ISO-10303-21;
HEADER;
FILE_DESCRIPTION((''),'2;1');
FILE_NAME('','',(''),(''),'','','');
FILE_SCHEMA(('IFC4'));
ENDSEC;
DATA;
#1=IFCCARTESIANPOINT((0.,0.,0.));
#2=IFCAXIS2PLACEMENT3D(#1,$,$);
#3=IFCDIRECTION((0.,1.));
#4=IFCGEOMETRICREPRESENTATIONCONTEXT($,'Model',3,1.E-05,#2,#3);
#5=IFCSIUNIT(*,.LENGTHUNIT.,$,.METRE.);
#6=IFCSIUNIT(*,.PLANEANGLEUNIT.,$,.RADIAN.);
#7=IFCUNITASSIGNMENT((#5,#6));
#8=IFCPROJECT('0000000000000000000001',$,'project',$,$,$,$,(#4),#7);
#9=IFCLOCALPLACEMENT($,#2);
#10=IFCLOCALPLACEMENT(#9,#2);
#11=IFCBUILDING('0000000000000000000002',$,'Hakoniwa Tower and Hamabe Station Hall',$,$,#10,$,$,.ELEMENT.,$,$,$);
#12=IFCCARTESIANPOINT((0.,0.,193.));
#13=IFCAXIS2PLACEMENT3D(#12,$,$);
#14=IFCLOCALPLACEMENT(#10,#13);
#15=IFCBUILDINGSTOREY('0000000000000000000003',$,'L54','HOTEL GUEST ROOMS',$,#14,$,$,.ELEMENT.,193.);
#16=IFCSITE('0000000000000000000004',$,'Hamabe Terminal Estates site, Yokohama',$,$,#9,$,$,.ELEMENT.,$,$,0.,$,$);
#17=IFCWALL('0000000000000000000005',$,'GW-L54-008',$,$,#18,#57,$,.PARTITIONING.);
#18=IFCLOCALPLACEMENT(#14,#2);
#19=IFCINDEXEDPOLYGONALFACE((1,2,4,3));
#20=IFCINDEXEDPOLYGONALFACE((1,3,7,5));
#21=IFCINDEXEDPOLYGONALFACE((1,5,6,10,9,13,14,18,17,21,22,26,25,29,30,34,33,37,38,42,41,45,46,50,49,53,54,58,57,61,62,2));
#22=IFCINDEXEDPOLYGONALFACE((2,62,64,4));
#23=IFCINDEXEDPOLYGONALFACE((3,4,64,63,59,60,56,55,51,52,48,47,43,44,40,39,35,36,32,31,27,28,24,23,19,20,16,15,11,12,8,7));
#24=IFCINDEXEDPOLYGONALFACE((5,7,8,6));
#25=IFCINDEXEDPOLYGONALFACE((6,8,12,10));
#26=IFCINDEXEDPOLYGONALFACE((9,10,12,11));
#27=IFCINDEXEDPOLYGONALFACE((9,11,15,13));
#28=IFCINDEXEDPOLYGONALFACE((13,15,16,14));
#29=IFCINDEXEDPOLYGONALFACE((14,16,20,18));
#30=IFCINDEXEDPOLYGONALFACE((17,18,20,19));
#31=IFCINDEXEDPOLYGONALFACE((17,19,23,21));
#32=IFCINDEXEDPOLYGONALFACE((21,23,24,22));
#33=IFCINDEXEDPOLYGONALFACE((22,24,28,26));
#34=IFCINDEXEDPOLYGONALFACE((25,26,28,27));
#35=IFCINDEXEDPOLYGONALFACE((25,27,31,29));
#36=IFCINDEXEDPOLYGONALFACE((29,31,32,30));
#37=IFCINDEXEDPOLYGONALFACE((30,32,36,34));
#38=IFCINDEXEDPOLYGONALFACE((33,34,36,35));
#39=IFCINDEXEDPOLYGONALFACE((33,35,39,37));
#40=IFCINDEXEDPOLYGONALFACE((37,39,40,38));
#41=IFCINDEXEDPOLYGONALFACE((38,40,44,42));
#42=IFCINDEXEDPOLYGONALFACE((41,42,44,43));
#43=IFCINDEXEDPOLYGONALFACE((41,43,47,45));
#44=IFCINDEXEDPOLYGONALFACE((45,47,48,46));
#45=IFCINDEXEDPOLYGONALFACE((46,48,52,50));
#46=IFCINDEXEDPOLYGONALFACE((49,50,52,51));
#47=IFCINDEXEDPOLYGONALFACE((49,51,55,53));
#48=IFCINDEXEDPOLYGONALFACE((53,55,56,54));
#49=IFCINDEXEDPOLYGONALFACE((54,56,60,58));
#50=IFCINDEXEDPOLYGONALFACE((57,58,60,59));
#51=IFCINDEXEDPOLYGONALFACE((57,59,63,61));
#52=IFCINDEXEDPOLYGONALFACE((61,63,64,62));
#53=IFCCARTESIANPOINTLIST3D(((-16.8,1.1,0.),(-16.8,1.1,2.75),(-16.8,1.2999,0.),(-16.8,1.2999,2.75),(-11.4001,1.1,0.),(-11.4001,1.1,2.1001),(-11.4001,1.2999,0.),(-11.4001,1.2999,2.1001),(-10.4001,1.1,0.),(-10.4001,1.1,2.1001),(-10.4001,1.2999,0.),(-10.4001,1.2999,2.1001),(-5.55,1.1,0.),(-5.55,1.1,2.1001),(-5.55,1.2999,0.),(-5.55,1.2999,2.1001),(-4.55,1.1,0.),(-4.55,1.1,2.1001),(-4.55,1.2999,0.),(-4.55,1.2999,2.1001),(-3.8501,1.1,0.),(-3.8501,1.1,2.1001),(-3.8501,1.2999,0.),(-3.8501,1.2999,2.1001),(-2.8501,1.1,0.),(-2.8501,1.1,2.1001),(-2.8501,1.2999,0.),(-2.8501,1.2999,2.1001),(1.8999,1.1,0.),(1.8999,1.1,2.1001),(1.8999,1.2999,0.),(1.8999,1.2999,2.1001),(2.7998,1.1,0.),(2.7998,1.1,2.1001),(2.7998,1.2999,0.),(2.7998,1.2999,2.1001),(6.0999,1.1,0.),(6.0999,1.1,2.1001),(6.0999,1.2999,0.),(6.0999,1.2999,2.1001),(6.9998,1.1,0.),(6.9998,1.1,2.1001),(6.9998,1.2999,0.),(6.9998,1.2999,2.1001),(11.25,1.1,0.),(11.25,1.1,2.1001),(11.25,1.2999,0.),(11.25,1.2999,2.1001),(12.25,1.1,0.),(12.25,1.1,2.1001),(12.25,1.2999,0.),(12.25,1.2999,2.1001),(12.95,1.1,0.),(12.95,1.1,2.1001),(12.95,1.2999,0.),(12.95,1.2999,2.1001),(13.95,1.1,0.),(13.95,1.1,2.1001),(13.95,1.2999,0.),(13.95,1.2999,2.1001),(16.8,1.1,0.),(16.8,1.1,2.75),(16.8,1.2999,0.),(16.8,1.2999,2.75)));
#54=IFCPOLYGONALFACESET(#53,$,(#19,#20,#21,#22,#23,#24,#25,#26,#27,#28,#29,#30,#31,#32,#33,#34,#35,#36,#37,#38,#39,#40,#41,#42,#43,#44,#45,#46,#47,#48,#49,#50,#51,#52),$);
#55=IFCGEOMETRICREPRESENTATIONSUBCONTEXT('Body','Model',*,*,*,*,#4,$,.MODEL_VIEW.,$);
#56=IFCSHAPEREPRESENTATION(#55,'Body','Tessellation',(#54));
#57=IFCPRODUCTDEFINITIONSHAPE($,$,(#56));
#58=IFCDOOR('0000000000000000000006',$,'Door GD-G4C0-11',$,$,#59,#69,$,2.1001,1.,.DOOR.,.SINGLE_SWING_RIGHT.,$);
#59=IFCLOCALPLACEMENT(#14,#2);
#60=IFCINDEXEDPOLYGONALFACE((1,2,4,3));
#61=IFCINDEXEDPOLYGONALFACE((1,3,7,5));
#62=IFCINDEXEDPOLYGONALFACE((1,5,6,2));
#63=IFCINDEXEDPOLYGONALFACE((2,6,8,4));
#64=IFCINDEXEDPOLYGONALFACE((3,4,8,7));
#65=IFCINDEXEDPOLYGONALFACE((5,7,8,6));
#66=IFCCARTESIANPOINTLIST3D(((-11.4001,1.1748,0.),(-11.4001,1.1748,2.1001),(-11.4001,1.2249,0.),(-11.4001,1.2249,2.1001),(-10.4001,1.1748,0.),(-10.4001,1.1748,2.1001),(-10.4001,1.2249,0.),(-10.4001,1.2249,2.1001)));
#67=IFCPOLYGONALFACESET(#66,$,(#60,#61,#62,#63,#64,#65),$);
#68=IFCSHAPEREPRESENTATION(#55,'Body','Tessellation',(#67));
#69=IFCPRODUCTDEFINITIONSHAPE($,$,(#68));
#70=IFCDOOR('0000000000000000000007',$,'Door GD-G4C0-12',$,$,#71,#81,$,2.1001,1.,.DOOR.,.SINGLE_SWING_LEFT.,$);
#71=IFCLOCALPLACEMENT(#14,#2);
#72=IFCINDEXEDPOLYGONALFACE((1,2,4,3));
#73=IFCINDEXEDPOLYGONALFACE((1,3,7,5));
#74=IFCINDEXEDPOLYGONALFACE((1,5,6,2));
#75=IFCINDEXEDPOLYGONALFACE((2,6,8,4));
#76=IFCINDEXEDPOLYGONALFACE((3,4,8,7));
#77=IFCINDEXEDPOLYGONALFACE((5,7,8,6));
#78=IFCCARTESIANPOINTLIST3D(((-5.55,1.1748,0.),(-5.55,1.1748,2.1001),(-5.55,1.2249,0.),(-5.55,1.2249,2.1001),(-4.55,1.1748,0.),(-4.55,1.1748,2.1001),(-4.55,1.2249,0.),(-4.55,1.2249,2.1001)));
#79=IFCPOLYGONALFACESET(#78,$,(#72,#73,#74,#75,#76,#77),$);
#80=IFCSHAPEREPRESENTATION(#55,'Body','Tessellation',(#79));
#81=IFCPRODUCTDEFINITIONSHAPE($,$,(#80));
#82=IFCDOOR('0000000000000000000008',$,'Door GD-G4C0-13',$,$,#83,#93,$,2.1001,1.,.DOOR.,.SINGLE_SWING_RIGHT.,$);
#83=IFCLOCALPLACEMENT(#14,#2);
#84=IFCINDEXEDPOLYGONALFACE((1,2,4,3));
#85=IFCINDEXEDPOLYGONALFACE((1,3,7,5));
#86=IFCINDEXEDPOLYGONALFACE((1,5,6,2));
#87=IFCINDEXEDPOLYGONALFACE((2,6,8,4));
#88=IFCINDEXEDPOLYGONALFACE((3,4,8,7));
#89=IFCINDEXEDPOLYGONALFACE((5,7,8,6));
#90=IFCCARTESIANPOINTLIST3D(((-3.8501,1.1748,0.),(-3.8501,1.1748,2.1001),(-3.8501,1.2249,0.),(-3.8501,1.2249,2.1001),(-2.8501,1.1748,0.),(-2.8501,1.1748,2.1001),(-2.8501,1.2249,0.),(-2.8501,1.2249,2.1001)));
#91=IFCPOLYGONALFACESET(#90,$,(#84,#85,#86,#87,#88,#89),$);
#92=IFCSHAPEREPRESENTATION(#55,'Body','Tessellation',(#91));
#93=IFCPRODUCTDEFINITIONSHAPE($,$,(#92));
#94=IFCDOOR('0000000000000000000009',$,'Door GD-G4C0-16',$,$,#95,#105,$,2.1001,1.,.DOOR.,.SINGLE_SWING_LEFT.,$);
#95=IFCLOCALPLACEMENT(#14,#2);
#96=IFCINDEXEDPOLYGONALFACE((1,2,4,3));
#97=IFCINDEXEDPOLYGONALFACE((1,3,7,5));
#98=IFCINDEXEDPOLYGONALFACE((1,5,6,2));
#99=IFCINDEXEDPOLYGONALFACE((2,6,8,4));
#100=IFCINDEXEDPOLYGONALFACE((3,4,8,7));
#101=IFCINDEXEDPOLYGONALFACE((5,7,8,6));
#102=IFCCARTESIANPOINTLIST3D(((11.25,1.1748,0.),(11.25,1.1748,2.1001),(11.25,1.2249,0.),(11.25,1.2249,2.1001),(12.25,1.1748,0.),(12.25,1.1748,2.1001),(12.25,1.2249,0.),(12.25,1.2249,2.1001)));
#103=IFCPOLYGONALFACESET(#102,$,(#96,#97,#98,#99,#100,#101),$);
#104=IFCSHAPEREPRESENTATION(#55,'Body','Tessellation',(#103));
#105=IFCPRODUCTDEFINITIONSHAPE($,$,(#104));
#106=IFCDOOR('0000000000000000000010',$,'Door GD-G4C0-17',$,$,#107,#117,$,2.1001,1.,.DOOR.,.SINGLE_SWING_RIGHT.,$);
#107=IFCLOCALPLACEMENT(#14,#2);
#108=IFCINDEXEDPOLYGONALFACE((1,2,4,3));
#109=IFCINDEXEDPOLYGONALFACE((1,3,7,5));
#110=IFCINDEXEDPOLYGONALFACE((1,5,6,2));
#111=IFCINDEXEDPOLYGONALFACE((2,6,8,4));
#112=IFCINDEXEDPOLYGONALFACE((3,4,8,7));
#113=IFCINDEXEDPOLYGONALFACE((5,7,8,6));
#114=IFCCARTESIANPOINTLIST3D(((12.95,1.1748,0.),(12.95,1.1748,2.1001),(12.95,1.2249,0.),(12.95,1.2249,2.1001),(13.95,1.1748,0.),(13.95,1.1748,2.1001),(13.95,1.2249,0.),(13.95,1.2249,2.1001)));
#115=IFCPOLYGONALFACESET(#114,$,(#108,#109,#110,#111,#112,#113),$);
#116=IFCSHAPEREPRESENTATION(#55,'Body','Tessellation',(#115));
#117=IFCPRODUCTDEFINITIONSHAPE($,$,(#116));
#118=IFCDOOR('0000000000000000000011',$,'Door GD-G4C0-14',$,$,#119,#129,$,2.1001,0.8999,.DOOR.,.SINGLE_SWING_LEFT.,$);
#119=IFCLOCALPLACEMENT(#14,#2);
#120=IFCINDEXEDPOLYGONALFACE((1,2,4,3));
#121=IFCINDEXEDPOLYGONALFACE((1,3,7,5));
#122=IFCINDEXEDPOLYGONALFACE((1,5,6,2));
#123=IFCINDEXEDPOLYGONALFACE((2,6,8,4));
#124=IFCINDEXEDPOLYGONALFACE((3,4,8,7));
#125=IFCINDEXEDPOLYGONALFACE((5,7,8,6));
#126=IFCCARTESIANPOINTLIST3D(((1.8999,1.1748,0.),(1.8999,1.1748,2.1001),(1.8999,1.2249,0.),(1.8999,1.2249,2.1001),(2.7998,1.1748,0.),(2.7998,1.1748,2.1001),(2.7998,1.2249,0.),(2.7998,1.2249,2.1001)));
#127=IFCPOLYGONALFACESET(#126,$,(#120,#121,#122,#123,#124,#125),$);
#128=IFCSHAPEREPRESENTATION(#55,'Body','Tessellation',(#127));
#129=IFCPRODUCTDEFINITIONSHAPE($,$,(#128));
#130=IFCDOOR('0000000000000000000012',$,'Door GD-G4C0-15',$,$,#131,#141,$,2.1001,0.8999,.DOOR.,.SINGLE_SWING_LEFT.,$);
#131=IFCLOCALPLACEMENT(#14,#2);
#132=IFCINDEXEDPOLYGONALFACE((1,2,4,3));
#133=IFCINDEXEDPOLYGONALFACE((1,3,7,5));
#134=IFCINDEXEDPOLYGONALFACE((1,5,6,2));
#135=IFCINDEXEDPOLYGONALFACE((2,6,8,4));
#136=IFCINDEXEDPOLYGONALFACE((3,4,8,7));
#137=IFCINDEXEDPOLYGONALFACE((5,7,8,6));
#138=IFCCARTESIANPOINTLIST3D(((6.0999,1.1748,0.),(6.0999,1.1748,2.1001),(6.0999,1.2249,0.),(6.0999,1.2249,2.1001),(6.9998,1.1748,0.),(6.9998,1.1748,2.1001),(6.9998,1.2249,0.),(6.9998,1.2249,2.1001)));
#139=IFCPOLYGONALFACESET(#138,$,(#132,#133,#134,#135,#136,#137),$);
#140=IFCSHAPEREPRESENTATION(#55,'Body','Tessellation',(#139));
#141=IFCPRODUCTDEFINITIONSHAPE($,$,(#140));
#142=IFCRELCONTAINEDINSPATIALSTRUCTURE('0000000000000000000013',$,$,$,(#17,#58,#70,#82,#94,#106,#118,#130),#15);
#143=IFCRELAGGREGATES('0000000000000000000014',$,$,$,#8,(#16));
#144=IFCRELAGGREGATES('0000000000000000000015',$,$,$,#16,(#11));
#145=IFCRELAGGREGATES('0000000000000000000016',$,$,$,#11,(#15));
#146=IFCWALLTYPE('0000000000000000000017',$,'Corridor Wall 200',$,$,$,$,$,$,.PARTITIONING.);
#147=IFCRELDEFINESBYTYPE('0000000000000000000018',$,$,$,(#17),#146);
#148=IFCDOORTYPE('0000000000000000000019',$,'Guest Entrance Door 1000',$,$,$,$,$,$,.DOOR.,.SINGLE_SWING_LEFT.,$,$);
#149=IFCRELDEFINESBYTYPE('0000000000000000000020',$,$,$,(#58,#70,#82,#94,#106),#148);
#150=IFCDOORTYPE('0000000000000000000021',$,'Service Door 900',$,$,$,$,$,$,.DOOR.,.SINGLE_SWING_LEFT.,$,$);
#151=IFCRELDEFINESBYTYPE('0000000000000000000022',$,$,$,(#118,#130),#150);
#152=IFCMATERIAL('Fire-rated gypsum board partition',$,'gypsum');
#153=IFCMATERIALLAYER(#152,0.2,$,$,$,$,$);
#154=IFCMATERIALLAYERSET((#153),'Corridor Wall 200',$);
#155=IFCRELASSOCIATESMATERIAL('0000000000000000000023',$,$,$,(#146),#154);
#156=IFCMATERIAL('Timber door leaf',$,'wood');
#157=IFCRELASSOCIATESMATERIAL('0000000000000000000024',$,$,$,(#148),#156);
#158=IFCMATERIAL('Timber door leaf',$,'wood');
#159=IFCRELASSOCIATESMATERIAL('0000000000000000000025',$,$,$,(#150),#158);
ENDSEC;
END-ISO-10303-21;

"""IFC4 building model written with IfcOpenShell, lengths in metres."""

from ifc_helpers import new_model, si_unit, direction, frame, frame_2d, origin, place, context, subcontext, project, spatial, rectangle, extrude, material, layer, layer_set, type_object, element, fill, save


model = new_model("IFC4")

# Units and contexts
model_context = context("Model", 3, precision=1e-05, world=origin(), true_north=direction((0.0, 1.0)))
body_context = subcontext(model_context, "Body", "Model", "MODEL_VIEW")
ifc_project = project(units=[si_unit("LENGTHUNIT", "METRE"), si_unit("PLANEANGLEUNIT", "RADIAN")], contexts=[model_context])

# Site, building, storey
site_placement = place(None, origin())
site = spatial("IfcSite", under=ifc_project, at=site_placement, Name="Hamabe Terminal Estates site, Yokohama", CompositionType="ELEMENT", RefElevation=0.0)
building_placement = place(site_placement, origin())
building = spatial("IfcBuilding", under=site, at=building_placement, Name="Hakoniwa Tower and Hamabe Station Hall", CompositionType="ELEMENT")
storey_placement = place(building_placement, frame((0.0, 0.0, 193.0)))
storey = spatial("IfcBuildingStorey", under=building, at=storey_placement, Name="L54", Description="HOTEL GUEST ROOMS", CompositionType="ELEMENT", Elevation=193.0)

# Wall, openings, doors
ifc_material_1 = material(Name="Fire-rated gypsum board partition", Category="gypsum")
ifc_layer_1 = layer(ifc_material_1, 0.2)
ifc_layer_set_1 = layer_set([ifc_layer_1], Name="Corridor Wall 200")
wall_type_1 = type_object("IfcWallType", Name="Corridor Wall 200", PredefinedType="PARTITIONING", material=ifc_layer_set_1)
wall_1_placement = place(storey_placement, frame((-16.8, 1.2, 0.0), z_axis=(0.0, 0.0, 1.0), x_axis=(1.0, 0.0, 0.0)))
wall_1 = element("IfcWall", 1, at=wall_1_placement, inside=storey, type_object=wall_type_1, Name="GW-L54-008", PredefinedType="PARTITIONING", context=body_context, shape_type="SweptSolid", body=[
    extrude(rectangle(XDim=33.6001, YDim=0.2, at=frame_2d((16.8, 0.0))), origin(), (0.0, 0.0, 1.0), 2.75),
])
opening_1_placement = place(wall_1_placement, frame((5.3999, 0.0, 0.0)))
opening_1 = element("IfcOpeningElement", 2, at=opening_1_placement, cuts=wall_1, PredefinedType="OPENING", context=body_context, shape_type="SweptSolid", body=[
    extrude(rectangle(XDim=1.0, YDim=2.1001, at=frame_2d((0.5, 1.05))), frame((0.0, 0.1099, 0.0), z_axis=(0.0, -1.0, 0.0), x_axis=(1.0, 0.0, 0.0)), (0.0, 0.0, 1.0), 0.22),
])
opening_2_placement = place(wall_1_placement, frame((11.25, 0.0, 0.0)))
opening_2 = element("IfcOpeningElement", 3, at=opening_2_placement, cuts=wall_1, PredefinedType="OPENING", context=body_context, shape_type="SweptSolid", body=[
    extrude(rectangle(XDim=1.0, YDim=2.1001, at=frame_2d((0.5, 1.05))), frame((0.0, 0.1099, 0.0), z_axis=(0.0, -1.0, 0.0), x_axis=(1.0, 0.0, 0.0)), (0.0, 0.0, 1.0), 0.22),
])
opening_3_placement = place(wall_1_placement, frame((12.95, 0.0, 0.0)))
opening_3 = element("IfcOpeningElement", 4, at=opening_3_placement, cuts=wall_1, PredefinedType="OPENING", context=body_context, shape_type="SweptSolid", body=[
    extrude(rectangle(XDim=1.0, YDim=2.1001, at=frame_2d((0.5, 1.05))), frame((0.0, 0.1099, 0.0), z_axis=(0.0, -1.0, 0.0), x_axis=(1.0, 0.0, 0.0)), (0.0, 0.0, 1.0), 0.22),
])
opening_4_placement = place(wall_1_placement, frame((18.7, 0.0, 0.0)))
opening_4 = element("IfcOpeningElement", 5, at=opening_4_placement, cuts=wall_1, PredefinedType="OPENING", context=body_context, shape_type="SweptSolid", body=[
    extrude(rectangle(XDim=0.8999, YDim=2.1001, at=frame_2d((0.45, 1.05))), frame((0.0, 0.1099, 0.0), z_axis=(0.0, -1.0, 0.0), x_axis=(1.0, 0.0, 0.0)), (0.0, 0.0, 1.0), 0.22),
])
opening_5_placement = place(wall_1_placement, frame((22.8999, 0.0, 0.0)))
opening_5 = element("IfcOpeningElement", 6, at=opening_5_placement, cuts=wall_1, PredefinedType="OPENING", context=body_context, shape_type="SweptSolid", body=[
    extrude(rectangle(XDim=0.8999, YDim=2.1001, at=frame_2d((0.45, 1.05))), frame((0.0, 0.1099, 0.0), z_axis=(0.0, -1.0, 0.0), x_axis=(1.0, 0.0, 0.0)), (0.0, 0.0, 1.0), 0.22),
])
opening_6_placement = place(wall_1_placement, frame((28.05, 0.0, 0.0)))
opening_6 = element("IfcOpeningElement", 7, at=opening_6_placement, cuts=wall_1, PredefinedType="OPENING", context=body_context, shape_type="SweptSolid", body=[
    extrude(rectangle(XDim=1.0, YDim=2.1001, at=frame_2d((0.5, 1.05))), frame((0.0, 0.1099, 0.0), z_axis=(0.0, -1.0, 0.0), x_axis=(1.0, 0.0, 0.0)), (0.0, 0.0, 1.0), 0.22),
])
opening_7_placement = place(wall_1_placement, frame((29.75, 0.0, 0.0)))
opening_7 = element("IfcOpeningElement", 8, at=opening_7_placement, cuts=wall_1, PredefinedType="OPENING", context=body_context, shape_type="SweptSolid", body=[
    extrude(rectangle(XDim=1.0, YDim=2.1001, at=frame_2d((0.5, 1.05))), frame((0.0, 0.1099, 0.0), z_axis=(0.0, -1.0, 0.0), x_axis=(1.0, 0.0, 0.0)), (0.0, 0.0, 1.0), 0.22),
])
ifc_material_2 = material(Name="Timber door leaf", Category="wood")
door_type_1 = type_object("IfcDoorType", Name="Guest Entrance Door 1000", OperationType="SINGLE_SWING_LEFT", PredefinedType="DOOR", material=ifc_material_2)
door_1_placement = place(opening_1_placement, origin())
door_1 = element("IfcDoor", 9, at=door_1_placement, inside=storey, type_object=door_type_1, Name="Door GD-G4C0-11", OperationType="SINGLE_SWING_RIGHT", OverallHeight=2.1001, OverallWidth=1.0, PredefinedType="DOOR", context=body_context, shape_type="SweptSolid", body=[
    extrude(rectangle(XDim=1.0, YDim=2.1001, at=frame_2d((0.5, 1.05))), frame((0.0, 0.0249, 0.0), z_axis=(0.0, -1.0, 0.0), x_axis=(1.0, 0.0, 0.0)), (0.0, 0.0, 1.0), 0.05),
])
fill(opening_1, door_1)
door_2_placement = place(opening_2_placement, origin())
door_2 = element("IfcDoor", 10, at=door_2_placement, inside=storey, type_object=door_type_1, Name="Door GD-G4C0-12", OperationType="SINGLE_SWING_LEFT", OverallHeight=2.1001, OverallWidth=1.0, PredefinedType="DOOR", context=body_context, shape_type="SweptSolid", body=[
    extrude(rectangle(XDim=1.0, YDim=2.1001, at=frame_2d((0.5, 1.05))), frame((0.0, 0.0249, 0.0), z_axis=(0.0, -1.0, 0.0), x_axis=(1.0, 0.0, 0.0)), (0.0, 0.0, 1.0), 0.05),
])
fill(opening_2, door_2)
door_3_placement = place(opening_3_placement, origin())
door_3 = element("IfcDoor", 11, at=door_3_placement, inside=storey, type_object=door_type_1, Name="Door GD-G4C0-13", OperationType="SINGLE_SWING_RIGHT", OverallHeight=2.1001, OverallWidth=1.0, PredefinedType="DOOR", context=body_context, shape_type="SweptSolid", body=[
    extrude(rectangle(XDim=1.0, YDim=2.1001, at=frame_2d((0.5, 1.05))), frame((0.0, 0.0249, 0.0), z_axis=(0.0, -1.0, 0.0), x_axis=(1.0, 0.0, 0.0)), (0.0, 0.0, 1.0), 0.05),
])
fill(opening_3, door_3)
door_4_placement = place(opening_6_placement, origin())
door_4 = element("IfcDoor", 12, at=door_4_placement, inside=storey, type_object=door_type_1, Name="Door GD-G4C0-16", OperationType="SINGLE_SWING_LEFT", OverallHeight=2.1001, OverallWidth=1.0, PredefinedType="DOOR", context=body_context, shape_type="SweptSolid", body=[
    extrude(rectangle(XDim=1.0, YDim=2.1001, at=frame_2d((0.5, 1.05))), frame((0.0, 0.0249, 0.0), z_axis=(0.0, -1.0, 0.0), x_axis=(1.0, 0.0, 0.0)), (0.0, 0.0, 1.0), 0.05),
])
fill(opening_6, door_4)
door_5_placement = place(opening_7_placement, origin())
door_5 = element("IfcDoor", 13, at=door_5_placement, inside=storey, type_object=door_type_1, Name="Door GD-G4C0-17", OperationType="SINGLE_SWING_RIGHT", OverallHeight=2.1001, OverallWidth=1.0, PredefinedType="DOOR", context=body_context, shape_type="SweptSolid", body=[
    extrude(rectangle(XDim=1.0, YDim=2.1001, at=frame_2d((0.5, 1.05))), frame((0.0, 0.0249, 0.0), z_axis=(0.0, -1.0, 0.0), x_axis=(1.0, 0.0, 0.0)), (0.0, 0.0, 1.0), 0.05),
])
fill(opening_7, door_5)
ifc_material_3 = material(Name="Timber door leaf", Category="wood")
door_type_2 = type_object("IfcDoorType", Name="Service Door 900", OperationType="SINGLE_SWING_LEFT", PredefinedType="DOOR", material=ifc_material_3)
door_6_placement = place(opening_4_placement, origin())
door_6 = element("IfcDoor", 14, at=door_6_placement, inside=storey, type_object=door_type_2, Name="Door GD-G4C0-14", OperationType="SINGLE_SWING_LEFT", OverallHeight=2.1001, OverallWidth=0.8999, PredefinedType="DOOR", context=body_context, shape_type="SweptSolid", body=[
    extrude(rectangle(XDim=0.8999, YDim=2.1001, at=frame_2d((0.45, 1.05))), frame((0.0, 0.0249, 0.0), z_axis=(0.0, -1.0, 0.0), x_axis=(1.0, 0.0, 0.0)), (0.0, 0.0, 1.0), 0.05),
])
fill(opening_4, door_6)
door_7_placement = place(opening_5_placement, origin())
door_7 = element("IfcDoor", 15, at=door_7_placement, inside=storey, type_object=door_type_2, Name="Door GD-G4C0-15", OperationType="SINGLE_SWING_LEFT", OverallHeight=2.1001, OverallWidth=0.8999, PredefinedType="DOOR", context=body_context, shape_type="SweptSolid", body=[
    extrude(rectangle(XDim=0.8999, YDim=2.1001, at=frame_2d((0.45, 1.05))), frame((0.0, 0.0249, 0.0), z_axis=(0.0, -1.0, 0.0), x_axis=(1.0, 0.0, 0.0)), (0.0, 0.0, 1.0), 0.05),
])
fill(opening_5, door_7)

save(model, "model.ifc")
